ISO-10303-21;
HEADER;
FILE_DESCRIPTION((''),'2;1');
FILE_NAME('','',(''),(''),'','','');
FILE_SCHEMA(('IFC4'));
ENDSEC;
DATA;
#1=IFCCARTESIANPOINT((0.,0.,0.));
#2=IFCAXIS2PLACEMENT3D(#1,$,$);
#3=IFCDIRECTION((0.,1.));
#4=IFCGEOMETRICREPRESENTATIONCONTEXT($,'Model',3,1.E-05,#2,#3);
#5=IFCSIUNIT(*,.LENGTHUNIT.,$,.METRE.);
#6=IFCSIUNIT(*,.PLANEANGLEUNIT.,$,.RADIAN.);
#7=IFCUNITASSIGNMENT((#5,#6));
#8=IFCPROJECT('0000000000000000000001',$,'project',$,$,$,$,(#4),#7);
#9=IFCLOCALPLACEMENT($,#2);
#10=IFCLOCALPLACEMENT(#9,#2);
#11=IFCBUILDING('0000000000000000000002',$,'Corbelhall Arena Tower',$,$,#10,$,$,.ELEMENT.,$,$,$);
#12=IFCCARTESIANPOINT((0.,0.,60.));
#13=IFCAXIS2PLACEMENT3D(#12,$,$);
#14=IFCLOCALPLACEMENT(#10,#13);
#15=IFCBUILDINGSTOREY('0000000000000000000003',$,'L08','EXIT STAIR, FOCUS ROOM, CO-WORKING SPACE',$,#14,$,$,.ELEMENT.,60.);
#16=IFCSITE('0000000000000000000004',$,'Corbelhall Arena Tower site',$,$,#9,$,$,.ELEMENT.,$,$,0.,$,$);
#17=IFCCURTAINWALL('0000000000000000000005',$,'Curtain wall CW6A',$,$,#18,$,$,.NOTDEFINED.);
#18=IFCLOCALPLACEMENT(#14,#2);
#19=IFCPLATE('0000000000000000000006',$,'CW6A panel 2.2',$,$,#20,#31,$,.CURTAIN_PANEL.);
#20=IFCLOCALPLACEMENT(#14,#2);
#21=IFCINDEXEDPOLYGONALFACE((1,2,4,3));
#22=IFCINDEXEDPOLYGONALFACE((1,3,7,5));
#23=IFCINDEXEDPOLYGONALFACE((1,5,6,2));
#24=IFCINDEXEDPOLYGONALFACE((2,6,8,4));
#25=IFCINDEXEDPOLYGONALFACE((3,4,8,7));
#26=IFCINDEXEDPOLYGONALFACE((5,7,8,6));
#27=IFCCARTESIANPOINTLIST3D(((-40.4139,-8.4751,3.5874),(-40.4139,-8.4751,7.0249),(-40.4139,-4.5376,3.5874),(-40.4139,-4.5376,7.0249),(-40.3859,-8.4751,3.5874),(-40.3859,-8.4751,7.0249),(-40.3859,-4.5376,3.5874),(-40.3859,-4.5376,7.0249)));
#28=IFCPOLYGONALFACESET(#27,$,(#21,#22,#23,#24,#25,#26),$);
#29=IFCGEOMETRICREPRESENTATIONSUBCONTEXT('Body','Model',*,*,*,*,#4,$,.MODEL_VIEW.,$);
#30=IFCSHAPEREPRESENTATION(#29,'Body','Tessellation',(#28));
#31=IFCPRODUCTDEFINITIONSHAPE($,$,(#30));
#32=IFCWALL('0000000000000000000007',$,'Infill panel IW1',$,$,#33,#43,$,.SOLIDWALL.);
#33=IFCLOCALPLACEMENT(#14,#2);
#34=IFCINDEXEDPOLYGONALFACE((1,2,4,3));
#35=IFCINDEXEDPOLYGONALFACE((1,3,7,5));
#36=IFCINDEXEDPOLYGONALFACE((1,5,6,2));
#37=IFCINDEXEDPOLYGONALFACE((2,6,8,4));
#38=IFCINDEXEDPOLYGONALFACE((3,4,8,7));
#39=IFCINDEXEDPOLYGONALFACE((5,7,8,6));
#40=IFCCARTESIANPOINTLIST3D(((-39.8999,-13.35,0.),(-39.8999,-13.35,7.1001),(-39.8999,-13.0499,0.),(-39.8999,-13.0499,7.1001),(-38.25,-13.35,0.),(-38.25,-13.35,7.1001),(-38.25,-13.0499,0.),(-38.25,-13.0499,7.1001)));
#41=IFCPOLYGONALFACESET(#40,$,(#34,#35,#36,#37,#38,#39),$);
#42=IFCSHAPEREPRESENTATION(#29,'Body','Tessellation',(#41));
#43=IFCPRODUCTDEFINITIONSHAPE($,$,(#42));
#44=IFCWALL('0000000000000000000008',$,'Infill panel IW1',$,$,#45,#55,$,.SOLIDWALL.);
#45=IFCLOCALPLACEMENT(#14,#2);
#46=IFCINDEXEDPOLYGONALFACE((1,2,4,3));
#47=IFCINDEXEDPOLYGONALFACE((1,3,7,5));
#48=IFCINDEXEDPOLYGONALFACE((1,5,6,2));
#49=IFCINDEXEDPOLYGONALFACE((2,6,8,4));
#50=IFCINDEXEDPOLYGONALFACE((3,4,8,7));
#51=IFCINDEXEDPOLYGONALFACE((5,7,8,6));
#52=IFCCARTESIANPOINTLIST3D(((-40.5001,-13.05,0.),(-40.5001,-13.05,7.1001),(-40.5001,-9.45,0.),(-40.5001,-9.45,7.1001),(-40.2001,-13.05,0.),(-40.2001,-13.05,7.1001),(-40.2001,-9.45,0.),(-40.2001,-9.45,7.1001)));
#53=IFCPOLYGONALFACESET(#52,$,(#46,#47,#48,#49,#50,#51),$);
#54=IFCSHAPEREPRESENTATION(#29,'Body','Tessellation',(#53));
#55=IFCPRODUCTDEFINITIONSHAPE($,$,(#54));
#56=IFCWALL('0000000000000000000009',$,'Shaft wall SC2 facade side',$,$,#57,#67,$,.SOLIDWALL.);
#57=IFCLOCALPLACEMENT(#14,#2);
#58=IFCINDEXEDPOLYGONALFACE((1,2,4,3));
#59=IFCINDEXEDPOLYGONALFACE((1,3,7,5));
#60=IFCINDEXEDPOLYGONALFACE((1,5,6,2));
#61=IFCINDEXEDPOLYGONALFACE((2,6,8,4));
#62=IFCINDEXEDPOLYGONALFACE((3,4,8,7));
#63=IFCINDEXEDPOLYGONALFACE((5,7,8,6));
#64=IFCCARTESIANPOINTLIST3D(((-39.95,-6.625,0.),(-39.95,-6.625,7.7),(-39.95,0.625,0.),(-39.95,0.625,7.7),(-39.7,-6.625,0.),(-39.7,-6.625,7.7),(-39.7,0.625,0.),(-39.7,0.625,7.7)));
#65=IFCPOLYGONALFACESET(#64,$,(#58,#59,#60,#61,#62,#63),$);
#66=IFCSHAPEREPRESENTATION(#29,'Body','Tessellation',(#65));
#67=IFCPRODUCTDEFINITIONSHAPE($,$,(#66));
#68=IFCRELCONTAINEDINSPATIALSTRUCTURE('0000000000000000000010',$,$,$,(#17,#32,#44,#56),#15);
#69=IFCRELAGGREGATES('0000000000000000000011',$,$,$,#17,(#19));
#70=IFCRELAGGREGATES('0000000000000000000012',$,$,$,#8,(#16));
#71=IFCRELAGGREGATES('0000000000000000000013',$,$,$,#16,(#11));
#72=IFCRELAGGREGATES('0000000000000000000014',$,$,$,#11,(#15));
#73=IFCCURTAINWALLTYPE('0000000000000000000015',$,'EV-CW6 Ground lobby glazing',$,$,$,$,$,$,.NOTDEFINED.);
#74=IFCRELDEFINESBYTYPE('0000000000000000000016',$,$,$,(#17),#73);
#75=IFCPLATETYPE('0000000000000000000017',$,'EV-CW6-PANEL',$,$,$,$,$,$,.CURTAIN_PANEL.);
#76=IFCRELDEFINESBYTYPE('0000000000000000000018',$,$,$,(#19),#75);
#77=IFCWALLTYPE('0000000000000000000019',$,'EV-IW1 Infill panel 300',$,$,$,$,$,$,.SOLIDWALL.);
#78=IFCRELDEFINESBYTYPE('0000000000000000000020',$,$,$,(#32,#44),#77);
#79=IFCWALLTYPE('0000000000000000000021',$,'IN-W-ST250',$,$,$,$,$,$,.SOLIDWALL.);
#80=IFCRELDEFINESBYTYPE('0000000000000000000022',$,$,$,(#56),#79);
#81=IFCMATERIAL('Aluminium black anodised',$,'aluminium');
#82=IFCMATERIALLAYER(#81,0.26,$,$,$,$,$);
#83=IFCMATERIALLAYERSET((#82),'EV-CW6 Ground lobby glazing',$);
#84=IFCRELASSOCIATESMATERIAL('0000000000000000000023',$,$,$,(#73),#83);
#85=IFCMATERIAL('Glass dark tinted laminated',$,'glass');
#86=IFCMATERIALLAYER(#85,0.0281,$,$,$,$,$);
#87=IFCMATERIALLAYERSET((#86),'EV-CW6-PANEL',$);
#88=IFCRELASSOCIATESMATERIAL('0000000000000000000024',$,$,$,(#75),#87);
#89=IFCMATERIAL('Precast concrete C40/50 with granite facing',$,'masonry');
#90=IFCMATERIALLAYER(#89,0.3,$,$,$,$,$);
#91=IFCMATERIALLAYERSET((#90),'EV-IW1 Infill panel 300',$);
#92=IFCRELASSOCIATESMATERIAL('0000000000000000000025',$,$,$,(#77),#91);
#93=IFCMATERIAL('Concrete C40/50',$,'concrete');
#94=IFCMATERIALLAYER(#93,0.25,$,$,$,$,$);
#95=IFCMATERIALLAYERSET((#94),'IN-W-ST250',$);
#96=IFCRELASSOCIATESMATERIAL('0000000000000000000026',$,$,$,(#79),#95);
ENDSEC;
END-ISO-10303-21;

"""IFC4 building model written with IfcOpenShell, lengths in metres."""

from ifc_helpers import new_model, si_unit, direction, frame, frame_2d, origin, origin_2d, place, context, subcontext, project, spatial, rectangle, extrude, material, layer, layer_set, type_object, element, aggregate, save


model = new_model("IFC4")

# Units and contexts
model_context = context("Model", 3, precision=1e-05, world=origin(), true_north=direction((0.0, 1.0)))
body_context = subcontext(model_context, "Body", "Model", "MODEL_VIEW")
ifc_project = project(units=[si_unit("LENGTHUNIT", "METRE"), si_unit("PLANEANGLEUNIT", "RADIAN")], contexts=[model_context])

# Site, building, storey
site_placement = place(None, origin())
site = spatial("IfcSite", under=ifc_project, at=site_placement, Name="Corbelhall Arena Tower site", CompositionType="ELEMENT", RefElevation=0.0)
building_placement = place(site_placement, origin())
building = spatial("IfcBuilding", under=site, at=building_placement, Name="Corbelhall Arena Tower", CompositionType="ELEMENT")
storey_placement = place(building_placement, frame((0.0, 0.0, 60.0)))
storey = spatial("IfcBuildingStorey", under=building, at=storey_placement, Name="L08", Description="EXIT STAIR, FOCUS ROOM, CO-WORKING SPACE", CompositionType="ELEMENT", Elevation=60.0)

# Curtain wall, plate
ifc_material_1 = material(Name="Aluminium black anodised", Category="aluminium")
ifc_layer_1 = layer(ifc_material_1, 0.26)
ifc_layer_set_1 = layer_set([ifc_layer_1], Name="EV-CW6 Ground lobby glazing")
curtain_wall_type = type_object("IfcCurtainWallType", Name="EV-CW6 Ground lobby glazing", PredefinedType="NOTDEFINED", material=ifc_layer_set_1)
curtain_wall_placement = place(storey_placement, origin())
curtain_wall = element("IfcCurtainWall", 1, at=curtain_wall_placement, inside=storey, type_object=curtain_wall_type, Name="Curtain wall CW6A", PredefinedType="NOTDEFINED")
ifc_material_2 = material(Name="Glass dark tinted laminated", Category="glass")
ifc_layer_2 = layer(ifc_material_2, 0.0281)
ifc_layer_set_2 = layer_set([ifc_layer_2], Name="EV-CW6-PANEL")
plate_type = type_object("IfcPlateType", Name="EV-CW6-PANEL", PredefinedType="CURTAIN_PANEL", material=ifc_layer_set_2)
plate_1_placement = place(storey_placement, frame((-40.3999, -6.5063, 3.5874), z_axis=(0.0, 0.0, 1.0), x_axis=(0.0, -1.0, 0.0)))
plate_1 = element("IfcPlate", 2, at=plate_1_placement, type_object=plate_type, Name="CW6A panel 2.2", PredefinedType="CURTAIN_PANEL", context=body_context, shape_type="SweptSolid", body=[
    extrude(rectangle(XDim=3.9375, YDim=0.0281, at=origin_2d()), origin(), (0.0, 0.0, 1.0), 3.4375),
])
aggregate(curtain_wall, [plate_1])

# Walls
ifc_material_3 = material(Name="Precast concrete C40/50 with granite facing", Category="masonry")
ifc_layer_3 = layer(ifc_material_3, 0.3)
ifc_layer_set_3 = layer_set([ifc_layer_3], Name="EV-IW1 Infill panel 300")
wall_type_1 = type_object("IfcWallType", Name="EV-IW1 Infill panel 300", PredefinedType="SOLIDWALL", material=ifc_layer_set_3)
wall_1_placement = place(storey_placement, frame((-39.8999, -13.2, 0.0), z_axis=(0.0, 0.0, 1.0), x_axis=(1.0, 0.0, 0.0)))
element("IfcWall", 3, at=wall_1_placement, inside=storey, type_object=wall_type_1, Name="Infill panel IW1", PredefinedType="SOLIDWALL", context=body_context, shape_type="SweptSolid", body=[
    extrude(rectangle(XDim=1.6499, YDim=0.3, at=frame_2d((0.825, 0.0))), origin(), (0.0, 0.0, 1.0), 7.1001),
])
wall_2_placement = place(storey_placement, frame((-40.3501, -9.45, 0.0), z_axis=(0.0, 0.0, 1.0), x_axis=(0.0, -1.0, 0.0)))
element("IfcWall", 4, at=wall_2_placement, inside=storey, type_object=wall_type_1, Name="Infill panel IW1", PredefinedType="SOLIDWALL", context=body_context, shape_type="SweptSolid", body=[
    extrude(rectangle(XDim=3.6001, YDim=0.3, at=frame_2d((1.8, 0.0))), origin(), (0.0, 0.0, 1.0), 7.1001),
])
ifc_material_4 = material(Name="Concrete C40/50", Category="concrete")
ifc_layer_4 = layer(ifc_material_4, 0.25)
ifc_layer_set_4 = layer_set([ifc_layer_4], Name="IN-W-ST250")
wall_type_2 = type_object("IfcWallType", Name="IN-W-ST250", PredefinedType="SOLIDWALL", material=ifc_layer_set_4)
wall_3_placement = place(storey_placement, frame((-39.825, -6.625, 0.0), z_axis=(0.0, 0.0, 1.0), x_axis=(0.0, 1.0, 0.0)))
element("IfcWall", 5, at=wall_3_placement, inside=storey, type_object=wall_type_2, Name="Shaft wall SC2 facade side", PredefinedType="SOLIDWALL", context=body_context, shape_type="SweptSolid", body=[
    extrude(rectangle(XDim=7.25, YDim=0.25, at=frame_2d((3.625, 0.0))), origin(), (0.0, 0.0, 1.0), 7.7),
])

save(model, "model.ifc")
